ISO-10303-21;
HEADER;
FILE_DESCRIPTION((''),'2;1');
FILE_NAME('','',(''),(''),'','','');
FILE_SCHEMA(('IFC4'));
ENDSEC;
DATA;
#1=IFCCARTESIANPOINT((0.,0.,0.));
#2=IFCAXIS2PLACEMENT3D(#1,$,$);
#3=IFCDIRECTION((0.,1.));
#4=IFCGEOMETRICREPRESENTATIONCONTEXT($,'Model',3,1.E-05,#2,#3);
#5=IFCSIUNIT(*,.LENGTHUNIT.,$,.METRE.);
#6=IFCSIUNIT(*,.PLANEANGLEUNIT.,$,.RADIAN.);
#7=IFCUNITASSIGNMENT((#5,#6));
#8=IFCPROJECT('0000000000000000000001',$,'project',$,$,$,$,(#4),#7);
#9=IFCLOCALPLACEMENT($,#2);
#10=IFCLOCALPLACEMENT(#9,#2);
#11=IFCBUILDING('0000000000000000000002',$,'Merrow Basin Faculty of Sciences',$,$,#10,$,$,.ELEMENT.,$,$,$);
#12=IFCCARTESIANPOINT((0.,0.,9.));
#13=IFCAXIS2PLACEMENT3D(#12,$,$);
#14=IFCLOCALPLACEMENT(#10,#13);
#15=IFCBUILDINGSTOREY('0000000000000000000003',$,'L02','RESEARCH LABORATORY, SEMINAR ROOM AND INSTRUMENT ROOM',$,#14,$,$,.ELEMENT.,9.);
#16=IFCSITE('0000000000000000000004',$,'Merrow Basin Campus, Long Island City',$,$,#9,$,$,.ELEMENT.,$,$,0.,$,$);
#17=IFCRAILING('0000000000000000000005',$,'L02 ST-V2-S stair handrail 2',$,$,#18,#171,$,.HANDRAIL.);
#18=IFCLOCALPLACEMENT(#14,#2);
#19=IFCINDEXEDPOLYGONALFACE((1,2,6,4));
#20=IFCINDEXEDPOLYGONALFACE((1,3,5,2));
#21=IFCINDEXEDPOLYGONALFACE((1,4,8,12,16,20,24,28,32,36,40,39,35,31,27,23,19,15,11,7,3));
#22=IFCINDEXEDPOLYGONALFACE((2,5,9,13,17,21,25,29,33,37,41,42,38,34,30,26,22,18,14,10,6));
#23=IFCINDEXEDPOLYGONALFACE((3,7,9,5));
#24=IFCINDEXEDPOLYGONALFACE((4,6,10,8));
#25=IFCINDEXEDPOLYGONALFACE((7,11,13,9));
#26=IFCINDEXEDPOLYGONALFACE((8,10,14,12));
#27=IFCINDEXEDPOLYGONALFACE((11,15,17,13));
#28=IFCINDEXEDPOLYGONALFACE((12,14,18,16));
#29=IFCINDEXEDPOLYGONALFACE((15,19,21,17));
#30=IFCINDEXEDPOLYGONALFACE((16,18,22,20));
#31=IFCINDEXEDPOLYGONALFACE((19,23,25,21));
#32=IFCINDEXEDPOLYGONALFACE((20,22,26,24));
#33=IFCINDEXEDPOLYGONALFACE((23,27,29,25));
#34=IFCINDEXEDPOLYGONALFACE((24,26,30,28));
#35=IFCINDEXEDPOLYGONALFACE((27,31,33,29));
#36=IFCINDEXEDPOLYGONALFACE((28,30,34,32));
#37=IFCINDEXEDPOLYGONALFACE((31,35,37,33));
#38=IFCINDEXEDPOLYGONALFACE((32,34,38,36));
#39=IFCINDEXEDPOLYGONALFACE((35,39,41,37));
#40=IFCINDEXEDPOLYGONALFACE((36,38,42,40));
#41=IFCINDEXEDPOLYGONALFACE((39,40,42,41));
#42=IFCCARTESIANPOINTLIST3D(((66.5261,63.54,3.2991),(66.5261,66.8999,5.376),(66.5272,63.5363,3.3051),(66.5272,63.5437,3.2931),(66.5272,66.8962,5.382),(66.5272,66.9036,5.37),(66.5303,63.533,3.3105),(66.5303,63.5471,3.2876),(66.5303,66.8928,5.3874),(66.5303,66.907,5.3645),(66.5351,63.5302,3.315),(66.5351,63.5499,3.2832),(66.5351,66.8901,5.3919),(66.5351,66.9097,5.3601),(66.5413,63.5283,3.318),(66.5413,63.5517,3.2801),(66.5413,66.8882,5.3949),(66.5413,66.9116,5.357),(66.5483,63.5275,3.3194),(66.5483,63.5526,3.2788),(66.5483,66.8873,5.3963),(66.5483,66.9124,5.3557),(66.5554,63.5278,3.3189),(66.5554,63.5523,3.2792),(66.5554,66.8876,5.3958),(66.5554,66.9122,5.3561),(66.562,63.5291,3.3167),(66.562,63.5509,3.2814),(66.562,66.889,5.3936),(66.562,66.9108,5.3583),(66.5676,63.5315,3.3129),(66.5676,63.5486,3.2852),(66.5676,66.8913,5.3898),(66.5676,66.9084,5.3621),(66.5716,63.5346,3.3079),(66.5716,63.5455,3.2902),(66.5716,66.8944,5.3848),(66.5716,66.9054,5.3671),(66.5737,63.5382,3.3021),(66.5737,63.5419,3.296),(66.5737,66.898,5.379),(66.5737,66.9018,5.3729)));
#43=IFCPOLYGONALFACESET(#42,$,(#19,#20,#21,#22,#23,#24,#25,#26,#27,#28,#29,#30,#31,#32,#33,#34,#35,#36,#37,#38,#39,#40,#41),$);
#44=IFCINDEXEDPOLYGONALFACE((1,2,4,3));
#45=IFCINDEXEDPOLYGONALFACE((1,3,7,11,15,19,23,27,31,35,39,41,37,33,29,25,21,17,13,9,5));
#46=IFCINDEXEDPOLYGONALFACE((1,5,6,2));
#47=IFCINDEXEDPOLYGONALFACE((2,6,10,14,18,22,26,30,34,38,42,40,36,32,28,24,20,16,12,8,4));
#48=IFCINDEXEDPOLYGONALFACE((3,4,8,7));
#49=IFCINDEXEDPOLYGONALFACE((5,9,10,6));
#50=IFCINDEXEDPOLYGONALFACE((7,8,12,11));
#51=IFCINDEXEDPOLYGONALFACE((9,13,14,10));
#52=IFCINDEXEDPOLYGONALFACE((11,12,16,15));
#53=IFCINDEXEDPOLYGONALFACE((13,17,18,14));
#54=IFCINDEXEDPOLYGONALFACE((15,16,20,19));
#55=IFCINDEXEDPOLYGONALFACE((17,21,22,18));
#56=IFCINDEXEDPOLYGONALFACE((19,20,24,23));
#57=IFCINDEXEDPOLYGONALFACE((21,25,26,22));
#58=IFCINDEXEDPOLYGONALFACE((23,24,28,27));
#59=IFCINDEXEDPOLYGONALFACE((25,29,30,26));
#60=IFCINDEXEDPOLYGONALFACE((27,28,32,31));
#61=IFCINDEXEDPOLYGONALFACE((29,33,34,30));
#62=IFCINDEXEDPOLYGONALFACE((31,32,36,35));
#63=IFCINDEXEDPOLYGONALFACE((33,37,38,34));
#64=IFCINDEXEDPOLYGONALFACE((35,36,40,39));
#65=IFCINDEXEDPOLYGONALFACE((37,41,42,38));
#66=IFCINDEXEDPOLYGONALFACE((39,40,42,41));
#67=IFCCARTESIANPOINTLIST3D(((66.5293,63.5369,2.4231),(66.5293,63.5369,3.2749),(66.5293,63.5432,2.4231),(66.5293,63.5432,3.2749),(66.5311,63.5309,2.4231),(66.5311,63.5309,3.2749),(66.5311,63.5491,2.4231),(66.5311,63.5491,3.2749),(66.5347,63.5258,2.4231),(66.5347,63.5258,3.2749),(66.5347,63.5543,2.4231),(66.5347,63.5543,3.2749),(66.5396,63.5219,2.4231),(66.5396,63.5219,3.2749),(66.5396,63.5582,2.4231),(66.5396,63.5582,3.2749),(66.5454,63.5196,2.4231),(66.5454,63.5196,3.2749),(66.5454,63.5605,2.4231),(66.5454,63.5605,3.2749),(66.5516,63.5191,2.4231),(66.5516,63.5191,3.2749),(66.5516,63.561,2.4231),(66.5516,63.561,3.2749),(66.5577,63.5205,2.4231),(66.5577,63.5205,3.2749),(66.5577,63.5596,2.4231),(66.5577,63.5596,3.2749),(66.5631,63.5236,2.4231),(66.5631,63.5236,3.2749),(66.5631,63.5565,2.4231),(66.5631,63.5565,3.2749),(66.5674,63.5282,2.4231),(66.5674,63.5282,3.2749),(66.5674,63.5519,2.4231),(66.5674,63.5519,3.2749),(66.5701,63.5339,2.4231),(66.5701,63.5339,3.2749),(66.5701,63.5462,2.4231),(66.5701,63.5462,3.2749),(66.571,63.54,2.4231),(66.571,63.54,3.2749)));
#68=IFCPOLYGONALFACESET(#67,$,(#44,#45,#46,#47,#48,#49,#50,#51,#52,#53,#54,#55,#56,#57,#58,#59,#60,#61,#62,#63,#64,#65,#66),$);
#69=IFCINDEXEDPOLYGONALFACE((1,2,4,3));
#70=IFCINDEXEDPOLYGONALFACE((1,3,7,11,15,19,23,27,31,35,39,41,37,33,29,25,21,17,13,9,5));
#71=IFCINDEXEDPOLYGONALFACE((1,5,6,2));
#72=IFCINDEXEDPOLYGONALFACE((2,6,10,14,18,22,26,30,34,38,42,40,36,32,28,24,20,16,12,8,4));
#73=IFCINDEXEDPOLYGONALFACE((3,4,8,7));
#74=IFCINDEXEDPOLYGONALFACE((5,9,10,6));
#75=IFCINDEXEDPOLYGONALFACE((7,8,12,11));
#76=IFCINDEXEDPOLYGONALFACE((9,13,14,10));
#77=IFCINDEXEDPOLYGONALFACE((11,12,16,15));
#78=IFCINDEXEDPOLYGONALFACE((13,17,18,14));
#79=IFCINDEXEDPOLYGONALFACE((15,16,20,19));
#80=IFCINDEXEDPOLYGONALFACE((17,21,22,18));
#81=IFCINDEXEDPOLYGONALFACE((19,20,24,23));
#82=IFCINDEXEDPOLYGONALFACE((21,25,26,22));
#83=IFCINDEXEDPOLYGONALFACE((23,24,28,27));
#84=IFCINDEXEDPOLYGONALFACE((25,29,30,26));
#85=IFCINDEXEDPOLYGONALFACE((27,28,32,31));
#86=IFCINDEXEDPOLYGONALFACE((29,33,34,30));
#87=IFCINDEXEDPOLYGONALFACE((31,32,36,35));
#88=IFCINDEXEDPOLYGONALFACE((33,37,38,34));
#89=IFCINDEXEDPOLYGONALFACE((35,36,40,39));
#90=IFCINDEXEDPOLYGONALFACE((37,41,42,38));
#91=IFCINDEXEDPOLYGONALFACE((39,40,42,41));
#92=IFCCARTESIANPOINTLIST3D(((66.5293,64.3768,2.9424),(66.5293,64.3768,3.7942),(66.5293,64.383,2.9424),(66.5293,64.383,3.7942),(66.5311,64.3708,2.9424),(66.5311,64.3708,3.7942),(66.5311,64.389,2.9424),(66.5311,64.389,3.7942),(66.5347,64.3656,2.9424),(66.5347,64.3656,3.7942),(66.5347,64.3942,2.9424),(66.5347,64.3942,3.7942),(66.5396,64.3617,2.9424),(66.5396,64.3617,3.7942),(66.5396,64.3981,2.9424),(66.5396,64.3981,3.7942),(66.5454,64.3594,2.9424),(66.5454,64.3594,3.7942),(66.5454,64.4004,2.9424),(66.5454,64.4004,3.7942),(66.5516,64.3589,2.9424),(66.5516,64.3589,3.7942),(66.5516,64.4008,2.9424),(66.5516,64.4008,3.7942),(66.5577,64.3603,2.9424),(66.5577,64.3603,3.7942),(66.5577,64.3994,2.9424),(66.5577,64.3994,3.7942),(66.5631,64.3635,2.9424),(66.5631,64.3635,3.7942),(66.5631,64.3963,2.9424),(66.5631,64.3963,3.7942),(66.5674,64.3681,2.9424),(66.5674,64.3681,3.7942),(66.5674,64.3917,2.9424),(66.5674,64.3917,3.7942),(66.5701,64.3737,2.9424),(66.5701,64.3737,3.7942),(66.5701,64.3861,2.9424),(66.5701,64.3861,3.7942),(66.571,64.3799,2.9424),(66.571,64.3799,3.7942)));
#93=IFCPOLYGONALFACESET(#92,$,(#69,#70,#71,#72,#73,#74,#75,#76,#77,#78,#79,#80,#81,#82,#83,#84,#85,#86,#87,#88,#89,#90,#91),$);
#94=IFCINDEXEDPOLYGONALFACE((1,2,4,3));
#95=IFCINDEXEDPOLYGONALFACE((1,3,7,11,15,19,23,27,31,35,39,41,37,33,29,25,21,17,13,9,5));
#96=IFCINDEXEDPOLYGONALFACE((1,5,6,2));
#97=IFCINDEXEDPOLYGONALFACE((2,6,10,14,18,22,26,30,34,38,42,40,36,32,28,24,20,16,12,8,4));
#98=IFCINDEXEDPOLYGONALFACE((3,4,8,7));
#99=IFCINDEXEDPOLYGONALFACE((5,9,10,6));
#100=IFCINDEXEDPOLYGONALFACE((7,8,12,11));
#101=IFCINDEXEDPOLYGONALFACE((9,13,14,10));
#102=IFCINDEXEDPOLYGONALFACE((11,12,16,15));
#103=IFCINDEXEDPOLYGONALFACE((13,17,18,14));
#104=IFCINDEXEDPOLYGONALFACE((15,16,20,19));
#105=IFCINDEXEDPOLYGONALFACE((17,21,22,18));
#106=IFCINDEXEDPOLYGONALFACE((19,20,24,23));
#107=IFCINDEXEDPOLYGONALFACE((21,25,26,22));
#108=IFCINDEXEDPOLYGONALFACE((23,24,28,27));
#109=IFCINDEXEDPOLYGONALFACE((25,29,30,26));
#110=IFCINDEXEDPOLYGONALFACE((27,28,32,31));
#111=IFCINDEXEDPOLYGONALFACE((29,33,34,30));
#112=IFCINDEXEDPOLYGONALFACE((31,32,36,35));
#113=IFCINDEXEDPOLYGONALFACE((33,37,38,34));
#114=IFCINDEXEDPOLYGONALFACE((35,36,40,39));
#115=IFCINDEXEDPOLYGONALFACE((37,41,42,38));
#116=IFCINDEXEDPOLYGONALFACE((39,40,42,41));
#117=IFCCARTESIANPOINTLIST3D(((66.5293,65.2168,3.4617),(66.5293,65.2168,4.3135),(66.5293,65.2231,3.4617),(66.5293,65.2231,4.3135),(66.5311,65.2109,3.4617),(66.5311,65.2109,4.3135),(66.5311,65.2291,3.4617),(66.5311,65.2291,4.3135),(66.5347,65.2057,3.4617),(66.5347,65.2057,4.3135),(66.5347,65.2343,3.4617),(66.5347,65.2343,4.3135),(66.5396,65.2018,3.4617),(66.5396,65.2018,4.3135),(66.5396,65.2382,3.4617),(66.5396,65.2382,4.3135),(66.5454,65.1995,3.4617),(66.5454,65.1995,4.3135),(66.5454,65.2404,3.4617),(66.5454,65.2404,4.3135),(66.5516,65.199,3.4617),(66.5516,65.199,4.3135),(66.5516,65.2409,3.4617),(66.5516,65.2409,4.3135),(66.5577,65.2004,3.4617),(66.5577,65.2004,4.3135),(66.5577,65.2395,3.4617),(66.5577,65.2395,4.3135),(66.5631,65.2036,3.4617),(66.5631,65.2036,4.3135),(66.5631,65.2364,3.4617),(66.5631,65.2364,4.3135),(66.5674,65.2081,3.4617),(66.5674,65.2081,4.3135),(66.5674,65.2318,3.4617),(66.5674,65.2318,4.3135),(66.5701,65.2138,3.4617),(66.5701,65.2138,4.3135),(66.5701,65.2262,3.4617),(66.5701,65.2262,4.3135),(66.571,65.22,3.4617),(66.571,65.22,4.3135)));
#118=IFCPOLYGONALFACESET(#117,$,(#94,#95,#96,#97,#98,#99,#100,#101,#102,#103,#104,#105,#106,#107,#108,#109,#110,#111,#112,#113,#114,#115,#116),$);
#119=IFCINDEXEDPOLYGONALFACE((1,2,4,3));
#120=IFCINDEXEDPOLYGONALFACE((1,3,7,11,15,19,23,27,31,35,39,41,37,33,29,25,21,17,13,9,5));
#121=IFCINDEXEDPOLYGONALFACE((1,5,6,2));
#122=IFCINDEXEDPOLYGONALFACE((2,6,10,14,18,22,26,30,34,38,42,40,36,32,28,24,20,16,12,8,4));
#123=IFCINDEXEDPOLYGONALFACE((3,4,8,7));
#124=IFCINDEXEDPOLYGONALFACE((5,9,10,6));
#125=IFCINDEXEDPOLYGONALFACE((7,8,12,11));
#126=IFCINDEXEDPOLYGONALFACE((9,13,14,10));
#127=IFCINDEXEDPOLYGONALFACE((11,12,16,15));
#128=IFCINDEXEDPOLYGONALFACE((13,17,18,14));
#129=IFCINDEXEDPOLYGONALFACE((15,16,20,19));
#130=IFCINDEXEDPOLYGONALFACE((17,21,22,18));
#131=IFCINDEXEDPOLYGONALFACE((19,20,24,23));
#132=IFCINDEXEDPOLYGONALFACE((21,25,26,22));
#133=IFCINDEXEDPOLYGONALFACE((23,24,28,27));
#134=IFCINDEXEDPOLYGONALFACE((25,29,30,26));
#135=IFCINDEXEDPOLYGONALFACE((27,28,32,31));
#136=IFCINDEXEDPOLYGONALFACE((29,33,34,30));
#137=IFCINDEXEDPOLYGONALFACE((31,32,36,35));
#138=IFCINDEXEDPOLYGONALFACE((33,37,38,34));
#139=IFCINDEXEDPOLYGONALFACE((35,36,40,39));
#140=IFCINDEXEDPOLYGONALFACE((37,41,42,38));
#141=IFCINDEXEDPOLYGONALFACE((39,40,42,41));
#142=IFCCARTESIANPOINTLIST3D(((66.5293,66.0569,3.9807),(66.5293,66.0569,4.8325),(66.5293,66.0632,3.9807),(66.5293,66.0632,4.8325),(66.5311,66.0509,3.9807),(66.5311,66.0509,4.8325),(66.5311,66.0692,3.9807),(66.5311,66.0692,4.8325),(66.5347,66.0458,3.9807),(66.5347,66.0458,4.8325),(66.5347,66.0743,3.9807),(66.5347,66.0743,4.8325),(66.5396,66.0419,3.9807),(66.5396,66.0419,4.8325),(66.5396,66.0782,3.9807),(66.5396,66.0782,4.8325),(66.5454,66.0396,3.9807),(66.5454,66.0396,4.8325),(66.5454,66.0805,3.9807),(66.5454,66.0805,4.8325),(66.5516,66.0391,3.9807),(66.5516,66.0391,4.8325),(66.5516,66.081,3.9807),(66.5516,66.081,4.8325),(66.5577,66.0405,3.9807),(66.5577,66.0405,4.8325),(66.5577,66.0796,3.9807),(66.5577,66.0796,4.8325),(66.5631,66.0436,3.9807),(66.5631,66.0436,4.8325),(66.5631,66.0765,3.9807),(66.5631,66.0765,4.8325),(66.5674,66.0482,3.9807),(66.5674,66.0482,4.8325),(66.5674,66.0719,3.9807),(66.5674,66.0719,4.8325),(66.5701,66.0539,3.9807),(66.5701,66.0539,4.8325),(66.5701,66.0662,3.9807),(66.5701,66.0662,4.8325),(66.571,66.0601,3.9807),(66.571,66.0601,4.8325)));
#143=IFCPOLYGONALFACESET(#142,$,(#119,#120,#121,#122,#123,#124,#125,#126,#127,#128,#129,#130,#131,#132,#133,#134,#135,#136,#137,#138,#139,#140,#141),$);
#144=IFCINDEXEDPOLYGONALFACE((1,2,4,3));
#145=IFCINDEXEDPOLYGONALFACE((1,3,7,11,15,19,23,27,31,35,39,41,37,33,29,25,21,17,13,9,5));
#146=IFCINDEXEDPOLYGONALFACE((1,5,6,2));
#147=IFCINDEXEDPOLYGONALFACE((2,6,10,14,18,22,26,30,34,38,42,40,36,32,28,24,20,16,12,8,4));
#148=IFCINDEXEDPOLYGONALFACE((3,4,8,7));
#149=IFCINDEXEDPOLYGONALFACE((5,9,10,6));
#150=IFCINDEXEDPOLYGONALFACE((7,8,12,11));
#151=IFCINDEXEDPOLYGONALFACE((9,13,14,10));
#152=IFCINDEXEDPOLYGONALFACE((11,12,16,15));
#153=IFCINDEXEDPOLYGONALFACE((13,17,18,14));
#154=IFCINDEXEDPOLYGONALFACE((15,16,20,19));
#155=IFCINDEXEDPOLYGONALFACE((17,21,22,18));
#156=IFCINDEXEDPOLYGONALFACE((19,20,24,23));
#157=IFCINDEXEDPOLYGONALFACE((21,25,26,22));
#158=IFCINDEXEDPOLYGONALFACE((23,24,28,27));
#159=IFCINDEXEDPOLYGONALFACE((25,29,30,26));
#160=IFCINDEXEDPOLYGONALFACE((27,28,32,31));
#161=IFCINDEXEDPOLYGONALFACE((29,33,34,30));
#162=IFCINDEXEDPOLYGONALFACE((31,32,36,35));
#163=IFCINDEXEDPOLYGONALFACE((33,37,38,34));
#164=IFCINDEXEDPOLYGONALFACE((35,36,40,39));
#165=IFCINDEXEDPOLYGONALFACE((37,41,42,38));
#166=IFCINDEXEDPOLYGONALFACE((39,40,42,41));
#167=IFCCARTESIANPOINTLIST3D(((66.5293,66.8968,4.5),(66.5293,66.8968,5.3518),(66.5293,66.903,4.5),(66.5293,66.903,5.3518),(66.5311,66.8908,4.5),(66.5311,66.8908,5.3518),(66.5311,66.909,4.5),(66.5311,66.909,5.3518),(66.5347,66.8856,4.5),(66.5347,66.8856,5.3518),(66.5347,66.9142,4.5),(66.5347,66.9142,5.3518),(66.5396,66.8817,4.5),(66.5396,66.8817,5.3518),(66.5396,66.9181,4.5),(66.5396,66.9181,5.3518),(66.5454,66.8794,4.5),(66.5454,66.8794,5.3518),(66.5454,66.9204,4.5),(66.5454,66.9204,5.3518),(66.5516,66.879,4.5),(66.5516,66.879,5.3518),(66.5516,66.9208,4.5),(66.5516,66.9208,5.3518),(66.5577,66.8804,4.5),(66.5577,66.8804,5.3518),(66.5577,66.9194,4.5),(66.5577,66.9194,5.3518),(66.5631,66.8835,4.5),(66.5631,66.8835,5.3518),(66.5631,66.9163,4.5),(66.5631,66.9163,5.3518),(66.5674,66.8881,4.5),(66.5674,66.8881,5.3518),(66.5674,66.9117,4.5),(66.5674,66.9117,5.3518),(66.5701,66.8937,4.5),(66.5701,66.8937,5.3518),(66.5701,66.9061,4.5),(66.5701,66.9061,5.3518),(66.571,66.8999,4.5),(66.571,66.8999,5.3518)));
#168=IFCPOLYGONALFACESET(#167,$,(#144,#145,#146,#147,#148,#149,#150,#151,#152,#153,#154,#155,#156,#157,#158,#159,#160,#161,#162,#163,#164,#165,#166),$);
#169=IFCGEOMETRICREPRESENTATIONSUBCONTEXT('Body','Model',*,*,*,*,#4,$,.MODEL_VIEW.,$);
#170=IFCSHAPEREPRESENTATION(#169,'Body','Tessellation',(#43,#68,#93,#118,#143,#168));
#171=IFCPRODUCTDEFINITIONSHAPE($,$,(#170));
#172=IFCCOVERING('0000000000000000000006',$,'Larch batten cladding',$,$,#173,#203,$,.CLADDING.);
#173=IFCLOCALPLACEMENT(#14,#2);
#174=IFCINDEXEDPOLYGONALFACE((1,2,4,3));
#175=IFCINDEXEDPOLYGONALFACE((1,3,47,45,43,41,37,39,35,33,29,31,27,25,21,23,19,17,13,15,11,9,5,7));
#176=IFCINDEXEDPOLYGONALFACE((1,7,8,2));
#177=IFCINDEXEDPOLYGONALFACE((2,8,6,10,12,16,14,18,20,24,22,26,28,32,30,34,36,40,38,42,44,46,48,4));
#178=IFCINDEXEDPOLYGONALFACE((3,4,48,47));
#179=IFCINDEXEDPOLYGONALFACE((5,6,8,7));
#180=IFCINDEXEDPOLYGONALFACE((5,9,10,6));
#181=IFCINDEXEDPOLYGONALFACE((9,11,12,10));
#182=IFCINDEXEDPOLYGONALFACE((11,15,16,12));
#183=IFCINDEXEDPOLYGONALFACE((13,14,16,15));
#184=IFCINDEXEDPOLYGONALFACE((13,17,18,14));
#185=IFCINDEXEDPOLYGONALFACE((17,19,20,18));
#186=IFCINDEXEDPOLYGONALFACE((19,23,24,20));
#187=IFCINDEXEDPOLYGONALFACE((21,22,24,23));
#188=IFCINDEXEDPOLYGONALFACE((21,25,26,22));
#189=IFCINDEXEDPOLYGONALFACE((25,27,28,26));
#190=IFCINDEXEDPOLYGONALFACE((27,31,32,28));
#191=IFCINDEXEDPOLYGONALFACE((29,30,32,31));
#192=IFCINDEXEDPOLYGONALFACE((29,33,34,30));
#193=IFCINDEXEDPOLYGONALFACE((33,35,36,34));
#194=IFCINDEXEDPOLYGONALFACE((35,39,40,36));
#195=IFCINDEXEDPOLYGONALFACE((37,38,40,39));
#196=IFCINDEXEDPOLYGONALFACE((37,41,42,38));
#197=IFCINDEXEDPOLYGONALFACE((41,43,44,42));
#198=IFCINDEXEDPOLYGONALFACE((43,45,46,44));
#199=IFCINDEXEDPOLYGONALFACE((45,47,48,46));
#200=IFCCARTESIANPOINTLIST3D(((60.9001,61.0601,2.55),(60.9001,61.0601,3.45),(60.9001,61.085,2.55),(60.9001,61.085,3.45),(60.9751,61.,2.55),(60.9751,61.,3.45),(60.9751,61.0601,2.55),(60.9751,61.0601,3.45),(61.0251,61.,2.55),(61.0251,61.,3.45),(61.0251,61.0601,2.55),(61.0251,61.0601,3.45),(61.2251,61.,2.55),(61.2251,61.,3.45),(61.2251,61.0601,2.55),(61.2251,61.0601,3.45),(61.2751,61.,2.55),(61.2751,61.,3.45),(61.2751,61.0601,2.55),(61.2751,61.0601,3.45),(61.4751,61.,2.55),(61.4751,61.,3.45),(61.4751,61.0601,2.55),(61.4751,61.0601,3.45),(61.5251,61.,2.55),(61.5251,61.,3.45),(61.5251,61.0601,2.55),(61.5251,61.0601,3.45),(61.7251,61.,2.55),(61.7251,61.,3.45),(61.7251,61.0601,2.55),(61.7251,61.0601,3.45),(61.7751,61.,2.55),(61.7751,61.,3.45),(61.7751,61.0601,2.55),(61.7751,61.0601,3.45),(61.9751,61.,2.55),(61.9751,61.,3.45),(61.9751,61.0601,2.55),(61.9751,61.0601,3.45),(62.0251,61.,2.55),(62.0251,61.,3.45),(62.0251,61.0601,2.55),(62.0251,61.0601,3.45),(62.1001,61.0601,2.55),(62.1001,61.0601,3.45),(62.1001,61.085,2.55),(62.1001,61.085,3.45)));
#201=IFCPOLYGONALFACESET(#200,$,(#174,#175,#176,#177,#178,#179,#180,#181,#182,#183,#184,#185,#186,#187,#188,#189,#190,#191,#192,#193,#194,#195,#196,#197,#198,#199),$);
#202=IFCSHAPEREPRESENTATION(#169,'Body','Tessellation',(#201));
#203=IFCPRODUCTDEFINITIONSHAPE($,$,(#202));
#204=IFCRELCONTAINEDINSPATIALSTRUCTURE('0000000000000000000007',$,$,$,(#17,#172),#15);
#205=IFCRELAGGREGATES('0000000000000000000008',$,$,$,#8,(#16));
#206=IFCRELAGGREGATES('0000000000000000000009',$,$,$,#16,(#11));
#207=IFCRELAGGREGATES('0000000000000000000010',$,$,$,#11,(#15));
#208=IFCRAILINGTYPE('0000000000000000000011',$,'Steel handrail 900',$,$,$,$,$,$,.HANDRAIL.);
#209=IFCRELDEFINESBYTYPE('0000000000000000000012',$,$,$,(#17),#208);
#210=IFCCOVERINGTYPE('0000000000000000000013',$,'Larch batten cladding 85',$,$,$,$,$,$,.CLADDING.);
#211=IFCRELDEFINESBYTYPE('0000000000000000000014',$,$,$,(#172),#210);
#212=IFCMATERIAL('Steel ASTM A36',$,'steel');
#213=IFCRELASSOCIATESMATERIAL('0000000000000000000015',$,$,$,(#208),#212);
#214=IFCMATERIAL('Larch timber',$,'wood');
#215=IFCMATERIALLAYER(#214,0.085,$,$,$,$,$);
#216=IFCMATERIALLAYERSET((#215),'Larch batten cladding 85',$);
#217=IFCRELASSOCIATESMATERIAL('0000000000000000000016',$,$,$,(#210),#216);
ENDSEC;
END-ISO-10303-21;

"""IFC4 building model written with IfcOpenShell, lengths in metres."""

from ifc_helpers import new_model, si_unit, direction, frame, origin, origin_2d, place, context, subcontext, project, spatial, polyline, circle, outline, extrude, source, transform, mapped, material, layer, layer_set, type_object, element, save


model = new_model("IFC4")

# Units and contexts
model_context = context("Model", 3, precision=1e-05, world=origin(), true_north=direction((0.0, 1.0)))
body_context = subcontext(model_context, "Body", "Model", "MODEL_VIEW")
ifc_project = project(units=[si_unit("LENGTHUNIT", "METRE"), si_unit("PLANEANGLEUNIT", "RADIAN")], contexts=[model_context])

# Site, building, storey
site_placement = place(None, origin())
site = spatial("IfcSite", under=ifc_project, at=site_placement, Name="Merrow Basin Campus, Long Island City", CompositionType="ELEMENT", RefElevation=0.0)
building_placement = place(site_placement, origin())
building = spatial("IfcBuilding", under=site, at=building_placement, Name="Merrow Basin Faculty of Sciences", CompositionType="ELEMENT")
storey_placement = place(building_placement, frame((0.0, 0.0, 9.0)))
storey = spatial("IfcBuildingStorey", under=building, at=storey_placement, Name="L02", Description="RESEARCH LABORATORY, SEMINAR ROOM AND INSTRUMENT ROOM", CompositionType="ELEMENT", Elevation=9.0)

# Railing
ifc_material_1 = material(Name="Steel ASTM A36", Category="steel")
railing_type_1 = type_object("IfcRailingType", Name="Steel handrail 900", PredefinedType="HANDRAIL", material=ifc_material_1)
railing_1_placement = place(storey_placement, frame((66.55, 63.54, 2.4231)))
element("IfcRailing", 1, at=railing_1_placement, inside=storey, type_object=railing_type_1, Name="L02 ST-V2-S stair handrail 2", PredefinedType="HANDRAIL", context=body_context, shape_type="SweptSolid", body=[
    extrude(circle(Radius=0.0239, at=origin_2d()), frame((0.0, 0.0, 0.876), z_axis=(0.0, 0.850606, 0.525803), x_axis=(-1.0, 0.0, 0.0)), (0.0, 0.0, 1.0), 3.95),
    extrude(circle(Radius=0.021, at=origin_2d()), origin(), (0.0, 0.0, 1.0), 0.8518),
    extrude(circle(Radius=0.021, at=origin_2d()), frame((0.0, 0.8398, 0.5193)), (0.0, 0.0, 1.0), 0.8518),
    extrude(circle(Radius=0.021, at=origin_2d()), frame((0.0, 1.6799, 1.0386)), (0.0, 0.0, 1.0), 0.8518),
    extrude(circle(Radius=0.021, at=origin_2d()), frame((0.0, 2.52, 1.5576)), (0.0, 0.0, 1.0), 0.8518),
    extrude(circle(Radius=0.021, at=origin_2d()), frame((0.0, 3.3599, 2.0769)), (0.0, 0.0, 1.0), 0.8518),
])

# Covering
ifc_material_2 = material(Name="Larch timber", Category="wood")
ifc_layer_1 = layer(ifc_material_2, 0.085)
ifc_layer_set_1 = layer_set([ifc_layer_1], Name="Larch batten cladding 85")
covering_type = type_object("IfcCoveringType", Name="Larch batten cladding 85", PredefinedType="CLADDING", material=ifc_layer_set_1)
shared_shape_1 = source(origin(), body_context, "Body", "SweptSolid", [
    extrude(outline(polyline([(0.0, 0.0), (1.2, 0.0), (1.2, 0.0249), (1.125, 0.0249), (1.125, 0.085), (1.075, 0.085), (1.075, 0.0249), (0.875, 0.0249), (0.875, 0.085), (0.825, 0.085), (0.825, 0.0249), (0.625, 0.0249), (0.625, 0.085), (0.575, 0.085), (0.575, 0.0249), (0.375, 0.0249), (0.375, 0.085), (0.325, 0.085), (0.325, 0.0249), (0.125, 0.0249), (0.125, 0.085), (0.075, 0.085), (0.075, 0.0249), (0.0, 0.0249), (0.0, 0.0)])), origin(), (0.0, 0.0, 1.0), 0.8999),
])
covering_1_placement = place(storey_placement, frame((62.1001, 61.085, 2.55), z_axis=(0.0, 0.0, 1.0), x_axis=(-1.0, 0.0, 0.0)))
element("IfcCovering", 2, at=covering_1_placement, inside=storey, type_object=covering_type, Name="Larch batten cladding", PredefinedType="CLADDING", context=body_context, shape_type="MappedRepresentation", body=[
    mapped(shared_shape_1, transform((0.0, 0.0, 0.0), scale=1.0)),
])

save(model, "model.ifc")
